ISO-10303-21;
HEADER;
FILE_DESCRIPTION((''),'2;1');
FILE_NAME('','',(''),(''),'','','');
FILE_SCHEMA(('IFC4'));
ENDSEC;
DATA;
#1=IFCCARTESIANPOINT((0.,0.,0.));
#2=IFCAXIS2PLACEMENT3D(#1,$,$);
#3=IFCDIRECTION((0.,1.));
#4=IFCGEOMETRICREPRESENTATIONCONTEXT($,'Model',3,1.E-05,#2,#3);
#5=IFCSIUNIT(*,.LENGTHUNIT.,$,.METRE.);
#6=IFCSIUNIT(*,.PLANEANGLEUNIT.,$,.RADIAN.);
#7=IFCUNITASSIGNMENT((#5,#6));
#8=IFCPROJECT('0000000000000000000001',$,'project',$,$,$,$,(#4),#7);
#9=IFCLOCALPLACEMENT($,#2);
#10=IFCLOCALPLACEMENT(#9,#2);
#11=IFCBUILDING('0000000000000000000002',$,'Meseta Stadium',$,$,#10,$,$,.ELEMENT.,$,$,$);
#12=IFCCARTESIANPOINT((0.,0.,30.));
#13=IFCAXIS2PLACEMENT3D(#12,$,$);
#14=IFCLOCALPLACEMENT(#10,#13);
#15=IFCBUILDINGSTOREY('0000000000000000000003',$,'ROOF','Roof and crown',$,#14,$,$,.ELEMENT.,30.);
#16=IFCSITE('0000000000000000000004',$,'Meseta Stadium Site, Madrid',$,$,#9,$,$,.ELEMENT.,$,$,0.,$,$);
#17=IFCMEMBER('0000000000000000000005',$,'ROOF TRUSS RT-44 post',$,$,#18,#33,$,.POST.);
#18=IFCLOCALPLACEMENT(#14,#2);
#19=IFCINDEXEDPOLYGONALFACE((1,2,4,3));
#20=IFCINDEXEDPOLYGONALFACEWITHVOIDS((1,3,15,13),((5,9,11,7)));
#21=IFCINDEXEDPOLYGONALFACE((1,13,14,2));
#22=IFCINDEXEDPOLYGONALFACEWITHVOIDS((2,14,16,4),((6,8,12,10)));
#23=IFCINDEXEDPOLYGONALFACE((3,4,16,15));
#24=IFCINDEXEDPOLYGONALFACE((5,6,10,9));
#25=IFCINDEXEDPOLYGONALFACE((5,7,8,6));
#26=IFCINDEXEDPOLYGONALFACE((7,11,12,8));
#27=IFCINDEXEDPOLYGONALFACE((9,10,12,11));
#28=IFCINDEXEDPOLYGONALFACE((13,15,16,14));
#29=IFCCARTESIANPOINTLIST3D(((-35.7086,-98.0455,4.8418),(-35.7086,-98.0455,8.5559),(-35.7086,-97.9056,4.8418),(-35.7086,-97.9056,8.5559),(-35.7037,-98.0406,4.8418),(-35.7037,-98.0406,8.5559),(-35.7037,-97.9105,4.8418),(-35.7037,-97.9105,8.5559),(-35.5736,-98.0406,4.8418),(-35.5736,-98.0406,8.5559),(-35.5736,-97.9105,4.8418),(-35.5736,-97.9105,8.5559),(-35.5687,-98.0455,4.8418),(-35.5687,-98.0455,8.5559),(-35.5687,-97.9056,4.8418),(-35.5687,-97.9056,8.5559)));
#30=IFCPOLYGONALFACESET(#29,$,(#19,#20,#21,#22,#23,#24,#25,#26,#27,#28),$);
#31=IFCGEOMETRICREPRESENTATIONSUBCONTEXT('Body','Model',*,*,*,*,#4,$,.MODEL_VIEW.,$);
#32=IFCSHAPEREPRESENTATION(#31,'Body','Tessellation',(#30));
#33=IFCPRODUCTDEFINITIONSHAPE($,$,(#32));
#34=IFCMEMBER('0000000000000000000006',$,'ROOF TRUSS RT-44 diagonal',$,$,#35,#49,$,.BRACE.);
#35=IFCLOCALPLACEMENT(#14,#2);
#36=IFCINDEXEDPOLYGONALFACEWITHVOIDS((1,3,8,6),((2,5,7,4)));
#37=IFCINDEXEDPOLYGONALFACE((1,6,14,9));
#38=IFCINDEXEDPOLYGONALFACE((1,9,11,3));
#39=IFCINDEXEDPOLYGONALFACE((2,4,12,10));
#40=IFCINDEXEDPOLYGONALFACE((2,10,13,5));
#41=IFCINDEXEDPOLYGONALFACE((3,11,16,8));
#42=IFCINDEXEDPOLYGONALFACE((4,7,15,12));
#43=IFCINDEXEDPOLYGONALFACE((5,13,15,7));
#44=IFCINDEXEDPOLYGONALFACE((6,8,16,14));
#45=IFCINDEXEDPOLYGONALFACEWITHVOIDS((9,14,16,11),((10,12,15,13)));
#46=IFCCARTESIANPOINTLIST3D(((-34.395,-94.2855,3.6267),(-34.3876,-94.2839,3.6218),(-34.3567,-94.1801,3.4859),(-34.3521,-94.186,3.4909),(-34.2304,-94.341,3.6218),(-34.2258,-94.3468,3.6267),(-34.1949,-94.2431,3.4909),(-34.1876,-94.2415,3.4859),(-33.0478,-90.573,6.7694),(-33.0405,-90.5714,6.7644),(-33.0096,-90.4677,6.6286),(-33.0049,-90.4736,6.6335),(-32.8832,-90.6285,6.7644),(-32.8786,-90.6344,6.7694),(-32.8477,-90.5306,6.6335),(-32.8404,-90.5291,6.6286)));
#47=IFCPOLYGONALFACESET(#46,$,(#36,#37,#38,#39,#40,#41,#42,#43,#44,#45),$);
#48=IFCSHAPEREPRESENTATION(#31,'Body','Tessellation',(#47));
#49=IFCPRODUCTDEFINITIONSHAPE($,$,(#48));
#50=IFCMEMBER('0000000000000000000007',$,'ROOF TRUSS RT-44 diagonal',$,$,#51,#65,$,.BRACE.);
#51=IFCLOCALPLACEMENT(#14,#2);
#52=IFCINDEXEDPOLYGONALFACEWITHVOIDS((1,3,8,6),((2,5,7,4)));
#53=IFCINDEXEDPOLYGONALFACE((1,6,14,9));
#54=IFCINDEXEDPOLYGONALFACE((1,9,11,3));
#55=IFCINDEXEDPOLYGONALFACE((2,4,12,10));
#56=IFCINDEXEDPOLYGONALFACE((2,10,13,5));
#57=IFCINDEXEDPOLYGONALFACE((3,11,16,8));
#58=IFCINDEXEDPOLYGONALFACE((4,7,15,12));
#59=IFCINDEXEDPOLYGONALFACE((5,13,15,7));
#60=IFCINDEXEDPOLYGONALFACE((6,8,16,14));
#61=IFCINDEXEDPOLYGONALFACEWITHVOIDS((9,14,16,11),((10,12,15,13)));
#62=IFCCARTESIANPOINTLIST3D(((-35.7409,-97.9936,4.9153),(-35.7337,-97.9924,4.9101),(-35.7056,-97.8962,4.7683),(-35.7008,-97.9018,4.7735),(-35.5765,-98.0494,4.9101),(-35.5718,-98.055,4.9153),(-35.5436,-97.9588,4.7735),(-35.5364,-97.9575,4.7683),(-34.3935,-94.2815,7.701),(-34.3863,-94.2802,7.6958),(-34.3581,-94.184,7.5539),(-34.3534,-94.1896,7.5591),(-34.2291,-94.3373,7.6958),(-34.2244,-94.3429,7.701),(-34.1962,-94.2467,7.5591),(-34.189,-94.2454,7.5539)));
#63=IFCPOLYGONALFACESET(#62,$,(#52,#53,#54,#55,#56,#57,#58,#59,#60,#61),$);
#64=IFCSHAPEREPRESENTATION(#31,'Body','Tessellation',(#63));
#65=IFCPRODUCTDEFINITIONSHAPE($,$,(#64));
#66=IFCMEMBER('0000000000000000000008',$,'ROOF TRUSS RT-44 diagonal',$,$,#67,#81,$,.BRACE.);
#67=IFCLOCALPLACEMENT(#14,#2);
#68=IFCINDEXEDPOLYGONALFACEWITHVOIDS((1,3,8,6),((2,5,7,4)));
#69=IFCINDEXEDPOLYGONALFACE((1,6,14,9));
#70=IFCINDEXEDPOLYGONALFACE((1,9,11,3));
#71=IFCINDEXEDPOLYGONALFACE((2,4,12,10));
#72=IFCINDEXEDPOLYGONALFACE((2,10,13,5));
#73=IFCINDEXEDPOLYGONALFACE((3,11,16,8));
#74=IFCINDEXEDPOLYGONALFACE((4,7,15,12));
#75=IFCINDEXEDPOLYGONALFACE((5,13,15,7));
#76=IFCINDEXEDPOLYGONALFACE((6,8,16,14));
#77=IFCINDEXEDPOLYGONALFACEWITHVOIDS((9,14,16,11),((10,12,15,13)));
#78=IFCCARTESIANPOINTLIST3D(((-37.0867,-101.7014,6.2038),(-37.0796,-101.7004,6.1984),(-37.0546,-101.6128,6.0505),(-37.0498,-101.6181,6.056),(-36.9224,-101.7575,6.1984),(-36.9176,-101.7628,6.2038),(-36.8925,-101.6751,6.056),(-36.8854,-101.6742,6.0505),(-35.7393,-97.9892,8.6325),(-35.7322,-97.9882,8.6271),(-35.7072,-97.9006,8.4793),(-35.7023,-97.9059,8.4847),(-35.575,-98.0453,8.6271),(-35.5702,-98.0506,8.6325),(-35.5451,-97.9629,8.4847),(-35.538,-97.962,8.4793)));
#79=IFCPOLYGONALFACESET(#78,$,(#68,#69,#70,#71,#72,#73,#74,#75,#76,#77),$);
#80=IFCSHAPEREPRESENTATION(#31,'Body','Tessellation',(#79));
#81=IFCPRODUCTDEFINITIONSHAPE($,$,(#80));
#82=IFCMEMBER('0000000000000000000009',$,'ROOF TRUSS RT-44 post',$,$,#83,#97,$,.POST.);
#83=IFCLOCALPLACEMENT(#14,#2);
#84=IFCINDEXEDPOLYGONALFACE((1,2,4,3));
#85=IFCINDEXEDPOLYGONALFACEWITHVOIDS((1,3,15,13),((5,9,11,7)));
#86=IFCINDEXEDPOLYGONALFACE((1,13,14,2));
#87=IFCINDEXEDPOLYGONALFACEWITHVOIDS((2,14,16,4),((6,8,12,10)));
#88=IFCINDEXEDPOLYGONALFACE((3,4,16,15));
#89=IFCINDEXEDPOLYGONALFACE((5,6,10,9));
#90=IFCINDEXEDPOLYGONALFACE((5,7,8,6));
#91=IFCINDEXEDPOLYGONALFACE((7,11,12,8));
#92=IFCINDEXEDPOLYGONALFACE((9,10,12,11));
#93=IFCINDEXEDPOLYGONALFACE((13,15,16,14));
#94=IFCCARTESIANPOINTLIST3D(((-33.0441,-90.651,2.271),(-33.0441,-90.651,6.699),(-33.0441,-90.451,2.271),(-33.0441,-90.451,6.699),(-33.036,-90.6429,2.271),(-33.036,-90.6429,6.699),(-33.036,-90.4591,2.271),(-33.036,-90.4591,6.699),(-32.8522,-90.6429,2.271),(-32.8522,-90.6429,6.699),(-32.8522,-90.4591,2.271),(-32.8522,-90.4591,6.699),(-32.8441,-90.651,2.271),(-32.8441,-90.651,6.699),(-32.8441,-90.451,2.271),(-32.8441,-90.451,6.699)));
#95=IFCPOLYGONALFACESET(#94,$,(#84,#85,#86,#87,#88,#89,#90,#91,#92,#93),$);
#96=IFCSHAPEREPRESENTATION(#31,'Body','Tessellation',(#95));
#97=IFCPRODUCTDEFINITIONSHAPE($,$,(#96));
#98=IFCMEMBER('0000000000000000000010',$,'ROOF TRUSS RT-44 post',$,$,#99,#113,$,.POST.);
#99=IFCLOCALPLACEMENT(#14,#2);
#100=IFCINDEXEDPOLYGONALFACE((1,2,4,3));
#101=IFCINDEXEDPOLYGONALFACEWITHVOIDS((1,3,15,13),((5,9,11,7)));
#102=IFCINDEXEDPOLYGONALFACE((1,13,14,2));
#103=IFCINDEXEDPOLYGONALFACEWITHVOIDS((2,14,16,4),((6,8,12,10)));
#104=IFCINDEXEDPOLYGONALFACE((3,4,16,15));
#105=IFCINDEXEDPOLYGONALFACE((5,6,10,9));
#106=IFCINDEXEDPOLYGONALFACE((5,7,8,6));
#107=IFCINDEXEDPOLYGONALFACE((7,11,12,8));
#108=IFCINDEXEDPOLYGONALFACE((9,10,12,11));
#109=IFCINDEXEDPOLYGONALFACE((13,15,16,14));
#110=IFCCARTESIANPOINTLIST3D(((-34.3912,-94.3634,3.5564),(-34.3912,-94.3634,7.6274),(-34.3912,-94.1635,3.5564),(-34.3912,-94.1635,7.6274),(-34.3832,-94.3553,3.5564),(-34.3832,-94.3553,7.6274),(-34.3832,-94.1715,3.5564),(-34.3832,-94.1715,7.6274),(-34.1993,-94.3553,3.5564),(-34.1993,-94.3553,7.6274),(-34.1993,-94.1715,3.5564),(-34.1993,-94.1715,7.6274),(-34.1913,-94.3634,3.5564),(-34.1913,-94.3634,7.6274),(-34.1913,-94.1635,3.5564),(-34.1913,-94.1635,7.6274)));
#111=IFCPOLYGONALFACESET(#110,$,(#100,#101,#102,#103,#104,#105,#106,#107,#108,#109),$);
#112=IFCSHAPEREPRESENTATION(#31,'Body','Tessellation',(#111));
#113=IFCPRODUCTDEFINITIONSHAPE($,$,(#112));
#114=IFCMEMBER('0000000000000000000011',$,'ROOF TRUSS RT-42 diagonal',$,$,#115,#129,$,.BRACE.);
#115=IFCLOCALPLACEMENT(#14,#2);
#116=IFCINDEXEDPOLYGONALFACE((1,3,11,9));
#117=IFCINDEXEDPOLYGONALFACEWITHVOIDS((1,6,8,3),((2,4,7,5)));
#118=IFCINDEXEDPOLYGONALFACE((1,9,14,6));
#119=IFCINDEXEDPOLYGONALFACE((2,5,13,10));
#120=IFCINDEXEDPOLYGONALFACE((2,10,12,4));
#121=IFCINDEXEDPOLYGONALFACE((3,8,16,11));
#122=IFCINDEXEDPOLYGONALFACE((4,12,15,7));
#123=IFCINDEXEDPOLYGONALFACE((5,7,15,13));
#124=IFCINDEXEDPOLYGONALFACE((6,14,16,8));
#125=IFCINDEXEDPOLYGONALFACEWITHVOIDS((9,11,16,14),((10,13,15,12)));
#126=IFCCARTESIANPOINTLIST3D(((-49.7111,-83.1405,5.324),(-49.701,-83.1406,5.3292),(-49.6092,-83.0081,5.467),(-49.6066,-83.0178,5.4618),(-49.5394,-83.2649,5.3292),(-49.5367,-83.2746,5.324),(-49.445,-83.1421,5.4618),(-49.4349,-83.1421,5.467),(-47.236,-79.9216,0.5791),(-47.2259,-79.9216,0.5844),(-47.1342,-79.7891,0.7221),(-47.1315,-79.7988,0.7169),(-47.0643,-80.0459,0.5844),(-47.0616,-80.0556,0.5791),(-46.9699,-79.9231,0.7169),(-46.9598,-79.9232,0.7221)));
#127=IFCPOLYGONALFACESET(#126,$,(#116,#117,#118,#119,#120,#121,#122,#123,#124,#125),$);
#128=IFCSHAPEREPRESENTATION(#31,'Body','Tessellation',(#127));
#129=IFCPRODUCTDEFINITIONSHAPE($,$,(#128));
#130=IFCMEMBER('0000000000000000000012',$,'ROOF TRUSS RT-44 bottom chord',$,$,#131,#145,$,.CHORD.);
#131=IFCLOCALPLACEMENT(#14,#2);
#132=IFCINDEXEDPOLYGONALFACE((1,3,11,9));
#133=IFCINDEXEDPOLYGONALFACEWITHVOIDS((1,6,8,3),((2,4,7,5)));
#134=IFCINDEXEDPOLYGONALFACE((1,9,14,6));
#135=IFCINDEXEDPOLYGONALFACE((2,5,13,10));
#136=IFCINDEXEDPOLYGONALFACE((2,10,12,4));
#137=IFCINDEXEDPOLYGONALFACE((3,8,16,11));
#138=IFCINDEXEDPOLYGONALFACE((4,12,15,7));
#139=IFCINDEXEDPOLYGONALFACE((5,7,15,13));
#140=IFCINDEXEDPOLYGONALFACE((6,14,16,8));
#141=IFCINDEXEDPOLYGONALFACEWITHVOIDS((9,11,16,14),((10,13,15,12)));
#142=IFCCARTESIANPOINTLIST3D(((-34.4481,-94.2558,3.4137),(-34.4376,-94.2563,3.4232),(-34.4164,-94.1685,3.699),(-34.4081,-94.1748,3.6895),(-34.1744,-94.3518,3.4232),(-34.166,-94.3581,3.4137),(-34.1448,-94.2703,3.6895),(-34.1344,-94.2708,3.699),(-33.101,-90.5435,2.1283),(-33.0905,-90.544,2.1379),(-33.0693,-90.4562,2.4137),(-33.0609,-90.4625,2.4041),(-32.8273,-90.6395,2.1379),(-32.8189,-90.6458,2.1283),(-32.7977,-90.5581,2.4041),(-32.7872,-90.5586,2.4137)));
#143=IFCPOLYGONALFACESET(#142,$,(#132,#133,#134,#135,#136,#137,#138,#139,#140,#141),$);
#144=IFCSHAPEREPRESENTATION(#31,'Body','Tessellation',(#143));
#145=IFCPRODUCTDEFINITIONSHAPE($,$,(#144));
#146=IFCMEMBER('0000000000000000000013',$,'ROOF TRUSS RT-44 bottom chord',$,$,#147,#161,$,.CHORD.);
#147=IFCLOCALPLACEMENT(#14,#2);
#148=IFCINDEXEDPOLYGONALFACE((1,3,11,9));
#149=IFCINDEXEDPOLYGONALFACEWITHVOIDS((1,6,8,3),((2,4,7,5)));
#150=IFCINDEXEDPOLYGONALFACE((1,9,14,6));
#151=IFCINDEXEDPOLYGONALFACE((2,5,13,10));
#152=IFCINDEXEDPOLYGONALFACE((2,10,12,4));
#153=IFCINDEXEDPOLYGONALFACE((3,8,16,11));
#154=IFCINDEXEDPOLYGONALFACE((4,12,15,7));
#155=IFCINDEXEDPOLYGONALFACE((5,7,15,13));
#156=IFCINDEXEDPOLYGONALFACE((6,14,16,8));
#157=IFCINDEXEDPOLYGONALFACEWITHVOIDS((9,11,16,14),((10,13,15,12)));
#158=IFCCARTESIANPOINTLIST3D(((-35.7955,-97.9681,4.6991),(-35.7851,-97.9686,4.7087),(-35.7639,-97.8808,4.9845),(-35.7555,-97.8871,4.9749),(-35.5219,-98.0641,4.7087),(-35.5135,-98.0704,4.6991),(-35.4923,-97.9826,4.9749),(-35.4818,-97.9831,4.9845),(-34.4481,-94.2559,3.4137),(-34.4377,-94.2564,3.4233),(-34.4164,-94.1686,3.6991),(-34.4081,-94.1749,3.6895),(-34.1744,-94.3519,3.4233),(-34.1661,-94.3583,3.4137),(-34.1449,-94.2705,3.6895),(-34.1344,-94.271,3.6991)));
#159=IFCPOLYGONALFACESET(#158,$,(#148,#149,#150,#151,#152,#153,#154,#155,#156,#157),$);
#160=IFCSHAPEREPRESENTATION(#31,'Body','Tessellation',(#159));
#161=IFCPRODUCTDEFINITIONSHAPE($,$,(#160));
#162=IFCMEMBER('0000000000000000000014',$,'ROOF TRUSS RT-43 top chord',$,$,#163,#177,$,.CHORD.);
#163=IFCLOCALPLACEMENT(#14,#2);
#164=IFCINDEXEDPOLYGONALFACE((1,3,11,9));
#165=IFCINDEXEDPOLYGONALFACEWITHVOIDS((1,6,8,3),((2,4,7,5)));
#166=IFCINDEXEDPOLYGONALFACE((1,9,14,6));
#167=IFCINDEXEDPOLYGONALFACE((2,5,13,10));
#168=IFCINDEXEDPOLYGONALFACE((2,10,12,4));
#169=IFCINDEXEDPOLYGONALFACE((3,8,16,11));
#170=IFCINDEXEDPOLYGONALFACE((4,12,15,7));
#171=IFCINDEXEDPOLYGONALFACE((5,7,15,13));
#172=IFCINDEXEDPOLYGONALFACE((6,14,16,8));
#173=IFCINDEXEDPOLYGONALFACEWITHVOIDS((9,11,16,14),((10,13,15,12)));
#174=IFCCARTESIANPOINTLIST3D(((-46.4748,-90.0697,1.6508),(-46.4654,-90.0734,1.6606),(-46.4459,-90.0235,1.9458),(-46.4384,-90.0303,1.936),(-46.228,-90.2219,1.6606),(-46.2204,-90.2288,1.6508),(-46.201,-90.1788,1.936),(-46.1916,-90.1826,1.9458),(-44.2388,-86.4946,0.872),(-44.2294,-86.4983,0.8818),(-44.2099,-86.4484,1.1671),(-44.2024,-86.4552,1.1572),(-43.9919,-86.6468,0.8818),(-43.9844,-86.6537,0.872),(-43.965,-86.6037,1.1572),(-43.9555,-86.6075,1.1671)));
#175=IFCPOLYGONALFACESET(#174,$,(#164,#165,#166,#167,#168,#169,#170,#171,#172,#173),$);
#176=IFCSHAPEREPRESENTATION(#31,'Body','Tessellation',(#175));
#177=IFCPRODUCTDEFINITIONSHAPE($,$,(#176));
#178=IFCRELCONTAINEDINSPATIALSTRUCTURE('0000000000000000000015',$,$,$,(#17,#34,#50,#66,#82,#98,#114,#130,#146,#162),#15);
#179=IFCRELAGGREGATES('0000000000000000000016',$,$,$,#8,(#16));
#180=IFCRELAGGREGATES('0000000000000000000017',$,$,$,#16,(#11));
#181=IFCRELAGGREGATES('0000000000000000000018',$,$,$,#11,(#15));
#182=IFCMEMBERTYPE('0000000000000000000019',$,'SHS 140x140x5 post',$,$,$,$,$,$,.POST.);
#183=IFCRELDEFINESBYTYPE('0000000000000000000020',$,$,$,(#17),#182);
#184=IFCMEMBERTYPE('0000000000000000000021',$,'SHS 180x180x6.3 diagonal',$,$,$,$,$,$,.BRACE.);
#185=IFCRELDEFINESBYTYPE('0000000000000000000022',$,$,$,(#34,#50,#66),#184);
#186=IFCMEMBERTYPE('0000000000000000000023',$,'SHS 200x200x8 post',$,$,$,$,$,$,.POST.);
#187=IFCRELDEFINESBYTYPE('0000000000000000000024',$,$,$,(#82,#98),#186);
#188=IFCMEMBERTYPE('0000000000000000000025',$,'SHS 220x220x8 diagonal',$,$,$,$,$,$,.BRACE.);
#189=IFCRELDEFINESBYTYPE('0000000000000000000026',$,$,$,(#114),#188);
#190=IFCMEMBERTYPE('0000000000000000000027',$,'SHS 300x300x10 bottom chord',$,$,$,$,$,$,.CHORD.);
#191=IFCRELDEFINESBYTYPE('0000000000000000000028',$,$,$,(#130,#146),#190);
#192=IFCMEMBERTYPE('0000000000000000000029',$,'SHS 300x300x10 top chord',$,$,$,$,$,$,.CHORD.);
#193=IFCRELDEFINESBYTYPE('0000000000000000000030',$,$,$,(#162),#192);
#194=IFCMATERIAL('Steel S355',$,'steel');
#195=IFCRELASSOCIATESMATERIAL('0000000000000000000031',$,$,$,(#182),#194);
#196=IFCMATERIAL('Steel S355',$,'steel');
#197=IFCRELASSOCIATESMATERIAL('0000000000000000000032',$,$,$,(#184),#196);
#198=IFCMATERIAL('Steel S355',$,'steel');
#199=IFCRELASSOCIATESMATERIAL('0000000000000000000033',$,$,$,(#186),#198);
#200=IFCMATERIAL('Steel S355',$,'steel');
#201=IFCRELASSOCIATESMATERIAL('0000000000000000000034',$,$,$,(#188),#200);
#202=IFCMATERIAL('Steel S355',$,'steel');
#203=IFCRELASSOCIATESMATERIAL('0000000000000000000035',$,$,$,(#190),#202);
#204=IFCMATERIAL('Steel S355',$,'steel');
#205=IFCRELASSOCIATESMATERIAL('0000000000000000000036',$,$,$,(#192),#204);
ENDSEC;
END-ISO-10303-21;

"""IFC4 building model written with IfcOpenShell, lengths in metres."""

from ifc_helpers import new_model, si_unit, direction, frame, origin, origin_2d, place, context, subcontext, project, spatial, hollow_rectangle, extrude, material, material_profile, profile_set, type_object, element, save


model = new_model("IFC4")

# Units and contexts
model_context = context("Model", 3, precision=1e-05, world=origin(), true_north=direction((0.0, 1.0)))
body_context = subcontext(model_context, "Body", "Model", "MODEL_VIEW")
ifc_project = project(units=[si_unit("LENGTHUNIT", "METRE"), si_unit("PLANEANGLEUNIT", "RADIAN")], contexts=[model_context])

# Site, building, storey
site_placement = place(None, origin())
site = spatial("IfcSite", under=ifc_project, at=site_placement, Name="Meseta Stadium Site, Madrid", CompositionType="ELEMENT", RefElevation=0.0)
building_placement = place(site_placement, origin())
building = spatial("IfcBuilding", under=site, at=building_placement, Name="Meseta Stadium", CompositionType="ELEMENT")
storey_placement = place(building_placement, frame((0.0, 0.0, 30.0)))
storey = spatial("IfcBuildingStorey", under=building, at=storey_placement, Name="ROOF", Description="Roof and crown", CompositionType="ELEMENT", Elevation=30.0)

# Members
ifc_material_1 = material(Name="Steel S355", Category="steel")
ifc_material_profile_1 = material_profile(ifc_material_1, hollow_rectangle(XDim=0.1399, YDim=0.1399, WallThickness=0.0049, at=origin_2d()), Name="SHS 140x140x5")
ifc_profile_set_1 = profile_set([ifc_material_profile_1], Name="Steel S355")
member_type_1 = type_object("IfcMemberType", Name="SHS 140x140x5 post", PredefinedType="POST", material=ifc_profile_set_1)
member_1_placement = place(storey_placement, frame((-35.6387, -97.9756, 4.8418), z_axis=(0.0, 0.0, 1.0), x_axis=(1.0, 0.0, 0.0)))
element("IfcMember", 1, at=member_1_placement, inside=storey, type_object=member_type_1, Name="ROOF TRUSS RT-44 post", PredefinedType="POST", context=body_context, shape_type="SweptSolid", body=[
    extrude(hollow_rectangle(XDim=0.1399, YDim=0.1399, WallThickness=0.0049, at=origin_2d()), origin(), (0.0, 0.0, 1.0), 3.7141),
])
ifc_material_2 = material(Name="Steel S355", Category="steel")
ifc_material_profile_2 = material_profile(ifc_material_2, hollow_rectangle(XDim=0.1799, YDim=0.1799, WallThickness=0.0063, at=origin_2d()), Name="SHS 180x180x6.3")
ifc_profile_set_2 = profile_set([ifc_material_profile_2], Name="Steel S355")
member_type_2 = type_object("IfcMemberType", Name="SHS 180x180x6.3 diagonal", PredefinedType="BRACE", material=ifc_profile_set_2)
member_2_placement = place(storey_placement, frame((-32.9441, -90.551, 6.699), z_axis=(-0.266923, -0.735561, -0.622658), x_axis=(0.940021, -0.341118, 0.0)))
element("IfcMember", 2, at=member_2_placement, inside=storey, type_object=member_type_2, Name="ROOF TRUSS RT-44 diagonal", PredefinedType="BRACE", context=body_context, shape_type="SweptSolid", body=[
    extrude(hollow_rectangle(XDim=0.1799, YDim=0.1799, WallThickness=0.0063, at=origin_2d()), origin(), (0.0, 0.0, 1.0), 5.0471),
])
member_3_placement = place(storey_placement, frame((-34.2913, -94.2634, 7.6274), z_axis=(-0.278809, -0.768126, -0.57641), x_axis=(0.939994, -0.341192, 0.0)))
element("IfcMember", 3, at=member_3_placement, inside=storey, type_object=member_type_2, Name="ROOF TRUSS RT-44 diagonal", PredefinedType="BRACE", context=body_context, shape_type="SweptSolid", body=[
    extrude(hollow_rectangle(XDim=0.1799, YDim=0.1799, WallThickness=0.0063, at=origin_2d()), origin(), (0.0, 0.0, 1.0), 4.8328),
])
member_4_placement = place(storey_placement, frame((-35.6387, -97.9756, 8.5559), z_axis=(-0.290629, -0.800691, -0.523859), x_axis=(0.939994, -0.341192, 0.0)))
element("IfcMember", 4, at=member_4_placement, inside=storey, type_object=member_type_2, Name="ROOF TRUSS RT-44 diagonal", PredefinedType="BRACE", context=body_context, shape_type="SweptSolid", body=[
    extrude(hollow_rectangle(XDim=0.1799, YDim=0.1799, WallThickness=0.0063, at=origin_2d()), origin(), (0.0, 0.0, 1.0), 4.6362),
])
ifc_material_3 = material(Name="Steel S355", Category="steel")
ifc_material_profile_3 = material_profile(ifc_material_3, hollow_rectangle(XDim=0.2, YDim=0.2, WallThickness=0.0081, at=origin_2d()), Name="SHS 200x200x8")
ifc_profile_set_3 = profile_set([ifc_material_profile_3], Name="Steel S355")
member_type_3 = type_object("IfcMemberType", Name="SHS 200x200x8 post", PredefinedType="POST", material=ifc_profile_set_3)
member_5_placement = place(storey_placement, frame((-32.9441, -90.551, 2.271), z_axis=(0.0, 0.0, 1.0), x_axis=(1.0, 0.0, 0.0)))
element("IfcMember", 5, at=member_5_placement, inside=storey, type_object=member_type_3, Name="ROOF TRUSS RT-44 post", PredefinedType="POST", context=body_context, shape_type="SweptSolid", body=[
    extrude(hollow_rectangle(XDim=0.2, YDim=0.2, WallThickness=0.0081, at=origin_2d()), origin(), (0.0, 0.0, 1.0), 4.428),
])
member_6_placement = place(storey_placement, frame((-34.2913, -94.2634, 3.5564), z_axis=(0.0, 0.0, 1.0), x_axis=(1.0, 0.0, 0.0)))
element("IfcMember", 6, at=member_6_placement, inside=storey, type_object=member_type_3, Name="ROOF TRUSS RT-44 post", PredefinedType="POST", context=body_context, shape_type="SweptSolid", body=[
    extrude(hollow_rectangle(XDim=0.2, YDim=0.2, WallThickness=0.0081, at=origin_2d()), origin(), (0.0, 0.0, 1.0), 4.071),
])
ifc_material_4 = material(Name="Steel S355", Category="steel")
ifc_material_profile_4 = material_profile(ifc_material_4, hollow_rectangle(XDim=0.22, YDim=0.22, WallThickness=0.0081, at=origin_2d()), Name="SHS 220x220x8")
ifc_profile_set_4 = profile_set([ifc_material_profile_4], Name="Steel S355")
member_type_4 = type_object("IfcMemberType", Name="SHS 220x220x8 diagonal", PredefinedType="BRACE", material=ifc_profile_set_4)
member_7_placement = place(storey_placement, frame((-47.0979, -79.9224, 0.6506), z_axis=(-0.396323, -0.515439, 0.75977), x_axis=(0.792749, -0.609548, 0.0)))
element("IfcMember", 7, at=member_7_placement, inside=storey, type_object=member_type_4, Name="ROOF TRUSS RT-42 diagonal", PredefinedType="BRACE", context=body_context, shape_type="SweptSolid", body=[
    extrude(hollow_rectangle(XDim=0.22, YDim=0.22, WallThickness=0.0081, at=origin_2d()), origin(), (0.0, 0.0, 1.0), 6.2451),
])
ifc_material_5 = material(Name="Steel S355", Category="steel")
ifc_material_profile_5 = material_profile(ifc_material_5, hollow_rectangle(XDim=0.3, YDim=0.3, WallThickness=0.01, at=origin_2d()), Name="SHS 300x300x10")
ifc_profile_set_5 = profile_set([ifc_material_profile_5], Name="Steel S355")
member_type_5 = type_object("IfcMemberType", Name="SHS 300x300x10 bottom chord", PredefinedType="CHORD", material=ifc_profile_set_5)
for number, where, z_axis, x_axis, name in (
    (8, (-32.9441, -90.551, 2.271), (-0.324369, -0.893866, 0.309497), (0.940021, -0.341118, 0.0), "ROOF TRUSS RT-44 bottom chord"),
    (9, (-34.2913, -94.2634, 3.5564), (-0.324439, -0.893837, 0.309507), (0.939994, -0.341192, 0.0), "ROOF TRUSS RT-44 bottom chord"),
):
    element("IfcMember", number, at=place(storey_placement, frame(where, z_axis=z_axis, x_axis=x_axis)), inside=storey, type_object=member_type_5, Name=name, PredefinedType="CHORD", context=body_context, shape_type="SweptSolid", body=[
        extrude(hollow_rectangle(XDim=0.3, YDim=0.3, WallThickness=0.01, at=origin_2d()), origin(), (0.0, 0.0, 1.0), 4.1531),
    ])
ifc_material_6 = material(Name="Steel S355", Category="steel")
ifc_material_profile_6 = material_profile(ifc_material_6, hollow_rectangle(XDim=0.3, YDim=0.3, WallThickness=0.01, at=origin_2d()), Name="SHS 300x300x10")
ifc_profile_set_6 = profile_set([ifc_material_profile_6], Name="Steel S355")
member_type_6 = type_object("IfcMemberType", Name="SHS 300x300x10 top chord", PredefinedType="CHORD", material=ifc_profile_set_6)
member_8_placement = place(storey_placement, frame((-44.0972, -86.551, 1.0195), z_axis=(-0.521451, -0.833729, 0.181617), x_axis=(0.847829, -0.53027, 0.0)))
element("IfcMember", 10, at=member_8_placement, inside=storey, type_object=member_type_6, Name="ROOF TRUSS RT-43 top chord", PredefinedType="CHORD", context=body_context, shape_type="SweptSolid", body=[
    extrude(hollow_rectangle(XDim=0.3, YDim=0.3, WallThickness=0.01, at=origin_2d()), origin(), (0.0, 0.0, 1.0), 4.2881),
])

save(model, "model.ifc")
